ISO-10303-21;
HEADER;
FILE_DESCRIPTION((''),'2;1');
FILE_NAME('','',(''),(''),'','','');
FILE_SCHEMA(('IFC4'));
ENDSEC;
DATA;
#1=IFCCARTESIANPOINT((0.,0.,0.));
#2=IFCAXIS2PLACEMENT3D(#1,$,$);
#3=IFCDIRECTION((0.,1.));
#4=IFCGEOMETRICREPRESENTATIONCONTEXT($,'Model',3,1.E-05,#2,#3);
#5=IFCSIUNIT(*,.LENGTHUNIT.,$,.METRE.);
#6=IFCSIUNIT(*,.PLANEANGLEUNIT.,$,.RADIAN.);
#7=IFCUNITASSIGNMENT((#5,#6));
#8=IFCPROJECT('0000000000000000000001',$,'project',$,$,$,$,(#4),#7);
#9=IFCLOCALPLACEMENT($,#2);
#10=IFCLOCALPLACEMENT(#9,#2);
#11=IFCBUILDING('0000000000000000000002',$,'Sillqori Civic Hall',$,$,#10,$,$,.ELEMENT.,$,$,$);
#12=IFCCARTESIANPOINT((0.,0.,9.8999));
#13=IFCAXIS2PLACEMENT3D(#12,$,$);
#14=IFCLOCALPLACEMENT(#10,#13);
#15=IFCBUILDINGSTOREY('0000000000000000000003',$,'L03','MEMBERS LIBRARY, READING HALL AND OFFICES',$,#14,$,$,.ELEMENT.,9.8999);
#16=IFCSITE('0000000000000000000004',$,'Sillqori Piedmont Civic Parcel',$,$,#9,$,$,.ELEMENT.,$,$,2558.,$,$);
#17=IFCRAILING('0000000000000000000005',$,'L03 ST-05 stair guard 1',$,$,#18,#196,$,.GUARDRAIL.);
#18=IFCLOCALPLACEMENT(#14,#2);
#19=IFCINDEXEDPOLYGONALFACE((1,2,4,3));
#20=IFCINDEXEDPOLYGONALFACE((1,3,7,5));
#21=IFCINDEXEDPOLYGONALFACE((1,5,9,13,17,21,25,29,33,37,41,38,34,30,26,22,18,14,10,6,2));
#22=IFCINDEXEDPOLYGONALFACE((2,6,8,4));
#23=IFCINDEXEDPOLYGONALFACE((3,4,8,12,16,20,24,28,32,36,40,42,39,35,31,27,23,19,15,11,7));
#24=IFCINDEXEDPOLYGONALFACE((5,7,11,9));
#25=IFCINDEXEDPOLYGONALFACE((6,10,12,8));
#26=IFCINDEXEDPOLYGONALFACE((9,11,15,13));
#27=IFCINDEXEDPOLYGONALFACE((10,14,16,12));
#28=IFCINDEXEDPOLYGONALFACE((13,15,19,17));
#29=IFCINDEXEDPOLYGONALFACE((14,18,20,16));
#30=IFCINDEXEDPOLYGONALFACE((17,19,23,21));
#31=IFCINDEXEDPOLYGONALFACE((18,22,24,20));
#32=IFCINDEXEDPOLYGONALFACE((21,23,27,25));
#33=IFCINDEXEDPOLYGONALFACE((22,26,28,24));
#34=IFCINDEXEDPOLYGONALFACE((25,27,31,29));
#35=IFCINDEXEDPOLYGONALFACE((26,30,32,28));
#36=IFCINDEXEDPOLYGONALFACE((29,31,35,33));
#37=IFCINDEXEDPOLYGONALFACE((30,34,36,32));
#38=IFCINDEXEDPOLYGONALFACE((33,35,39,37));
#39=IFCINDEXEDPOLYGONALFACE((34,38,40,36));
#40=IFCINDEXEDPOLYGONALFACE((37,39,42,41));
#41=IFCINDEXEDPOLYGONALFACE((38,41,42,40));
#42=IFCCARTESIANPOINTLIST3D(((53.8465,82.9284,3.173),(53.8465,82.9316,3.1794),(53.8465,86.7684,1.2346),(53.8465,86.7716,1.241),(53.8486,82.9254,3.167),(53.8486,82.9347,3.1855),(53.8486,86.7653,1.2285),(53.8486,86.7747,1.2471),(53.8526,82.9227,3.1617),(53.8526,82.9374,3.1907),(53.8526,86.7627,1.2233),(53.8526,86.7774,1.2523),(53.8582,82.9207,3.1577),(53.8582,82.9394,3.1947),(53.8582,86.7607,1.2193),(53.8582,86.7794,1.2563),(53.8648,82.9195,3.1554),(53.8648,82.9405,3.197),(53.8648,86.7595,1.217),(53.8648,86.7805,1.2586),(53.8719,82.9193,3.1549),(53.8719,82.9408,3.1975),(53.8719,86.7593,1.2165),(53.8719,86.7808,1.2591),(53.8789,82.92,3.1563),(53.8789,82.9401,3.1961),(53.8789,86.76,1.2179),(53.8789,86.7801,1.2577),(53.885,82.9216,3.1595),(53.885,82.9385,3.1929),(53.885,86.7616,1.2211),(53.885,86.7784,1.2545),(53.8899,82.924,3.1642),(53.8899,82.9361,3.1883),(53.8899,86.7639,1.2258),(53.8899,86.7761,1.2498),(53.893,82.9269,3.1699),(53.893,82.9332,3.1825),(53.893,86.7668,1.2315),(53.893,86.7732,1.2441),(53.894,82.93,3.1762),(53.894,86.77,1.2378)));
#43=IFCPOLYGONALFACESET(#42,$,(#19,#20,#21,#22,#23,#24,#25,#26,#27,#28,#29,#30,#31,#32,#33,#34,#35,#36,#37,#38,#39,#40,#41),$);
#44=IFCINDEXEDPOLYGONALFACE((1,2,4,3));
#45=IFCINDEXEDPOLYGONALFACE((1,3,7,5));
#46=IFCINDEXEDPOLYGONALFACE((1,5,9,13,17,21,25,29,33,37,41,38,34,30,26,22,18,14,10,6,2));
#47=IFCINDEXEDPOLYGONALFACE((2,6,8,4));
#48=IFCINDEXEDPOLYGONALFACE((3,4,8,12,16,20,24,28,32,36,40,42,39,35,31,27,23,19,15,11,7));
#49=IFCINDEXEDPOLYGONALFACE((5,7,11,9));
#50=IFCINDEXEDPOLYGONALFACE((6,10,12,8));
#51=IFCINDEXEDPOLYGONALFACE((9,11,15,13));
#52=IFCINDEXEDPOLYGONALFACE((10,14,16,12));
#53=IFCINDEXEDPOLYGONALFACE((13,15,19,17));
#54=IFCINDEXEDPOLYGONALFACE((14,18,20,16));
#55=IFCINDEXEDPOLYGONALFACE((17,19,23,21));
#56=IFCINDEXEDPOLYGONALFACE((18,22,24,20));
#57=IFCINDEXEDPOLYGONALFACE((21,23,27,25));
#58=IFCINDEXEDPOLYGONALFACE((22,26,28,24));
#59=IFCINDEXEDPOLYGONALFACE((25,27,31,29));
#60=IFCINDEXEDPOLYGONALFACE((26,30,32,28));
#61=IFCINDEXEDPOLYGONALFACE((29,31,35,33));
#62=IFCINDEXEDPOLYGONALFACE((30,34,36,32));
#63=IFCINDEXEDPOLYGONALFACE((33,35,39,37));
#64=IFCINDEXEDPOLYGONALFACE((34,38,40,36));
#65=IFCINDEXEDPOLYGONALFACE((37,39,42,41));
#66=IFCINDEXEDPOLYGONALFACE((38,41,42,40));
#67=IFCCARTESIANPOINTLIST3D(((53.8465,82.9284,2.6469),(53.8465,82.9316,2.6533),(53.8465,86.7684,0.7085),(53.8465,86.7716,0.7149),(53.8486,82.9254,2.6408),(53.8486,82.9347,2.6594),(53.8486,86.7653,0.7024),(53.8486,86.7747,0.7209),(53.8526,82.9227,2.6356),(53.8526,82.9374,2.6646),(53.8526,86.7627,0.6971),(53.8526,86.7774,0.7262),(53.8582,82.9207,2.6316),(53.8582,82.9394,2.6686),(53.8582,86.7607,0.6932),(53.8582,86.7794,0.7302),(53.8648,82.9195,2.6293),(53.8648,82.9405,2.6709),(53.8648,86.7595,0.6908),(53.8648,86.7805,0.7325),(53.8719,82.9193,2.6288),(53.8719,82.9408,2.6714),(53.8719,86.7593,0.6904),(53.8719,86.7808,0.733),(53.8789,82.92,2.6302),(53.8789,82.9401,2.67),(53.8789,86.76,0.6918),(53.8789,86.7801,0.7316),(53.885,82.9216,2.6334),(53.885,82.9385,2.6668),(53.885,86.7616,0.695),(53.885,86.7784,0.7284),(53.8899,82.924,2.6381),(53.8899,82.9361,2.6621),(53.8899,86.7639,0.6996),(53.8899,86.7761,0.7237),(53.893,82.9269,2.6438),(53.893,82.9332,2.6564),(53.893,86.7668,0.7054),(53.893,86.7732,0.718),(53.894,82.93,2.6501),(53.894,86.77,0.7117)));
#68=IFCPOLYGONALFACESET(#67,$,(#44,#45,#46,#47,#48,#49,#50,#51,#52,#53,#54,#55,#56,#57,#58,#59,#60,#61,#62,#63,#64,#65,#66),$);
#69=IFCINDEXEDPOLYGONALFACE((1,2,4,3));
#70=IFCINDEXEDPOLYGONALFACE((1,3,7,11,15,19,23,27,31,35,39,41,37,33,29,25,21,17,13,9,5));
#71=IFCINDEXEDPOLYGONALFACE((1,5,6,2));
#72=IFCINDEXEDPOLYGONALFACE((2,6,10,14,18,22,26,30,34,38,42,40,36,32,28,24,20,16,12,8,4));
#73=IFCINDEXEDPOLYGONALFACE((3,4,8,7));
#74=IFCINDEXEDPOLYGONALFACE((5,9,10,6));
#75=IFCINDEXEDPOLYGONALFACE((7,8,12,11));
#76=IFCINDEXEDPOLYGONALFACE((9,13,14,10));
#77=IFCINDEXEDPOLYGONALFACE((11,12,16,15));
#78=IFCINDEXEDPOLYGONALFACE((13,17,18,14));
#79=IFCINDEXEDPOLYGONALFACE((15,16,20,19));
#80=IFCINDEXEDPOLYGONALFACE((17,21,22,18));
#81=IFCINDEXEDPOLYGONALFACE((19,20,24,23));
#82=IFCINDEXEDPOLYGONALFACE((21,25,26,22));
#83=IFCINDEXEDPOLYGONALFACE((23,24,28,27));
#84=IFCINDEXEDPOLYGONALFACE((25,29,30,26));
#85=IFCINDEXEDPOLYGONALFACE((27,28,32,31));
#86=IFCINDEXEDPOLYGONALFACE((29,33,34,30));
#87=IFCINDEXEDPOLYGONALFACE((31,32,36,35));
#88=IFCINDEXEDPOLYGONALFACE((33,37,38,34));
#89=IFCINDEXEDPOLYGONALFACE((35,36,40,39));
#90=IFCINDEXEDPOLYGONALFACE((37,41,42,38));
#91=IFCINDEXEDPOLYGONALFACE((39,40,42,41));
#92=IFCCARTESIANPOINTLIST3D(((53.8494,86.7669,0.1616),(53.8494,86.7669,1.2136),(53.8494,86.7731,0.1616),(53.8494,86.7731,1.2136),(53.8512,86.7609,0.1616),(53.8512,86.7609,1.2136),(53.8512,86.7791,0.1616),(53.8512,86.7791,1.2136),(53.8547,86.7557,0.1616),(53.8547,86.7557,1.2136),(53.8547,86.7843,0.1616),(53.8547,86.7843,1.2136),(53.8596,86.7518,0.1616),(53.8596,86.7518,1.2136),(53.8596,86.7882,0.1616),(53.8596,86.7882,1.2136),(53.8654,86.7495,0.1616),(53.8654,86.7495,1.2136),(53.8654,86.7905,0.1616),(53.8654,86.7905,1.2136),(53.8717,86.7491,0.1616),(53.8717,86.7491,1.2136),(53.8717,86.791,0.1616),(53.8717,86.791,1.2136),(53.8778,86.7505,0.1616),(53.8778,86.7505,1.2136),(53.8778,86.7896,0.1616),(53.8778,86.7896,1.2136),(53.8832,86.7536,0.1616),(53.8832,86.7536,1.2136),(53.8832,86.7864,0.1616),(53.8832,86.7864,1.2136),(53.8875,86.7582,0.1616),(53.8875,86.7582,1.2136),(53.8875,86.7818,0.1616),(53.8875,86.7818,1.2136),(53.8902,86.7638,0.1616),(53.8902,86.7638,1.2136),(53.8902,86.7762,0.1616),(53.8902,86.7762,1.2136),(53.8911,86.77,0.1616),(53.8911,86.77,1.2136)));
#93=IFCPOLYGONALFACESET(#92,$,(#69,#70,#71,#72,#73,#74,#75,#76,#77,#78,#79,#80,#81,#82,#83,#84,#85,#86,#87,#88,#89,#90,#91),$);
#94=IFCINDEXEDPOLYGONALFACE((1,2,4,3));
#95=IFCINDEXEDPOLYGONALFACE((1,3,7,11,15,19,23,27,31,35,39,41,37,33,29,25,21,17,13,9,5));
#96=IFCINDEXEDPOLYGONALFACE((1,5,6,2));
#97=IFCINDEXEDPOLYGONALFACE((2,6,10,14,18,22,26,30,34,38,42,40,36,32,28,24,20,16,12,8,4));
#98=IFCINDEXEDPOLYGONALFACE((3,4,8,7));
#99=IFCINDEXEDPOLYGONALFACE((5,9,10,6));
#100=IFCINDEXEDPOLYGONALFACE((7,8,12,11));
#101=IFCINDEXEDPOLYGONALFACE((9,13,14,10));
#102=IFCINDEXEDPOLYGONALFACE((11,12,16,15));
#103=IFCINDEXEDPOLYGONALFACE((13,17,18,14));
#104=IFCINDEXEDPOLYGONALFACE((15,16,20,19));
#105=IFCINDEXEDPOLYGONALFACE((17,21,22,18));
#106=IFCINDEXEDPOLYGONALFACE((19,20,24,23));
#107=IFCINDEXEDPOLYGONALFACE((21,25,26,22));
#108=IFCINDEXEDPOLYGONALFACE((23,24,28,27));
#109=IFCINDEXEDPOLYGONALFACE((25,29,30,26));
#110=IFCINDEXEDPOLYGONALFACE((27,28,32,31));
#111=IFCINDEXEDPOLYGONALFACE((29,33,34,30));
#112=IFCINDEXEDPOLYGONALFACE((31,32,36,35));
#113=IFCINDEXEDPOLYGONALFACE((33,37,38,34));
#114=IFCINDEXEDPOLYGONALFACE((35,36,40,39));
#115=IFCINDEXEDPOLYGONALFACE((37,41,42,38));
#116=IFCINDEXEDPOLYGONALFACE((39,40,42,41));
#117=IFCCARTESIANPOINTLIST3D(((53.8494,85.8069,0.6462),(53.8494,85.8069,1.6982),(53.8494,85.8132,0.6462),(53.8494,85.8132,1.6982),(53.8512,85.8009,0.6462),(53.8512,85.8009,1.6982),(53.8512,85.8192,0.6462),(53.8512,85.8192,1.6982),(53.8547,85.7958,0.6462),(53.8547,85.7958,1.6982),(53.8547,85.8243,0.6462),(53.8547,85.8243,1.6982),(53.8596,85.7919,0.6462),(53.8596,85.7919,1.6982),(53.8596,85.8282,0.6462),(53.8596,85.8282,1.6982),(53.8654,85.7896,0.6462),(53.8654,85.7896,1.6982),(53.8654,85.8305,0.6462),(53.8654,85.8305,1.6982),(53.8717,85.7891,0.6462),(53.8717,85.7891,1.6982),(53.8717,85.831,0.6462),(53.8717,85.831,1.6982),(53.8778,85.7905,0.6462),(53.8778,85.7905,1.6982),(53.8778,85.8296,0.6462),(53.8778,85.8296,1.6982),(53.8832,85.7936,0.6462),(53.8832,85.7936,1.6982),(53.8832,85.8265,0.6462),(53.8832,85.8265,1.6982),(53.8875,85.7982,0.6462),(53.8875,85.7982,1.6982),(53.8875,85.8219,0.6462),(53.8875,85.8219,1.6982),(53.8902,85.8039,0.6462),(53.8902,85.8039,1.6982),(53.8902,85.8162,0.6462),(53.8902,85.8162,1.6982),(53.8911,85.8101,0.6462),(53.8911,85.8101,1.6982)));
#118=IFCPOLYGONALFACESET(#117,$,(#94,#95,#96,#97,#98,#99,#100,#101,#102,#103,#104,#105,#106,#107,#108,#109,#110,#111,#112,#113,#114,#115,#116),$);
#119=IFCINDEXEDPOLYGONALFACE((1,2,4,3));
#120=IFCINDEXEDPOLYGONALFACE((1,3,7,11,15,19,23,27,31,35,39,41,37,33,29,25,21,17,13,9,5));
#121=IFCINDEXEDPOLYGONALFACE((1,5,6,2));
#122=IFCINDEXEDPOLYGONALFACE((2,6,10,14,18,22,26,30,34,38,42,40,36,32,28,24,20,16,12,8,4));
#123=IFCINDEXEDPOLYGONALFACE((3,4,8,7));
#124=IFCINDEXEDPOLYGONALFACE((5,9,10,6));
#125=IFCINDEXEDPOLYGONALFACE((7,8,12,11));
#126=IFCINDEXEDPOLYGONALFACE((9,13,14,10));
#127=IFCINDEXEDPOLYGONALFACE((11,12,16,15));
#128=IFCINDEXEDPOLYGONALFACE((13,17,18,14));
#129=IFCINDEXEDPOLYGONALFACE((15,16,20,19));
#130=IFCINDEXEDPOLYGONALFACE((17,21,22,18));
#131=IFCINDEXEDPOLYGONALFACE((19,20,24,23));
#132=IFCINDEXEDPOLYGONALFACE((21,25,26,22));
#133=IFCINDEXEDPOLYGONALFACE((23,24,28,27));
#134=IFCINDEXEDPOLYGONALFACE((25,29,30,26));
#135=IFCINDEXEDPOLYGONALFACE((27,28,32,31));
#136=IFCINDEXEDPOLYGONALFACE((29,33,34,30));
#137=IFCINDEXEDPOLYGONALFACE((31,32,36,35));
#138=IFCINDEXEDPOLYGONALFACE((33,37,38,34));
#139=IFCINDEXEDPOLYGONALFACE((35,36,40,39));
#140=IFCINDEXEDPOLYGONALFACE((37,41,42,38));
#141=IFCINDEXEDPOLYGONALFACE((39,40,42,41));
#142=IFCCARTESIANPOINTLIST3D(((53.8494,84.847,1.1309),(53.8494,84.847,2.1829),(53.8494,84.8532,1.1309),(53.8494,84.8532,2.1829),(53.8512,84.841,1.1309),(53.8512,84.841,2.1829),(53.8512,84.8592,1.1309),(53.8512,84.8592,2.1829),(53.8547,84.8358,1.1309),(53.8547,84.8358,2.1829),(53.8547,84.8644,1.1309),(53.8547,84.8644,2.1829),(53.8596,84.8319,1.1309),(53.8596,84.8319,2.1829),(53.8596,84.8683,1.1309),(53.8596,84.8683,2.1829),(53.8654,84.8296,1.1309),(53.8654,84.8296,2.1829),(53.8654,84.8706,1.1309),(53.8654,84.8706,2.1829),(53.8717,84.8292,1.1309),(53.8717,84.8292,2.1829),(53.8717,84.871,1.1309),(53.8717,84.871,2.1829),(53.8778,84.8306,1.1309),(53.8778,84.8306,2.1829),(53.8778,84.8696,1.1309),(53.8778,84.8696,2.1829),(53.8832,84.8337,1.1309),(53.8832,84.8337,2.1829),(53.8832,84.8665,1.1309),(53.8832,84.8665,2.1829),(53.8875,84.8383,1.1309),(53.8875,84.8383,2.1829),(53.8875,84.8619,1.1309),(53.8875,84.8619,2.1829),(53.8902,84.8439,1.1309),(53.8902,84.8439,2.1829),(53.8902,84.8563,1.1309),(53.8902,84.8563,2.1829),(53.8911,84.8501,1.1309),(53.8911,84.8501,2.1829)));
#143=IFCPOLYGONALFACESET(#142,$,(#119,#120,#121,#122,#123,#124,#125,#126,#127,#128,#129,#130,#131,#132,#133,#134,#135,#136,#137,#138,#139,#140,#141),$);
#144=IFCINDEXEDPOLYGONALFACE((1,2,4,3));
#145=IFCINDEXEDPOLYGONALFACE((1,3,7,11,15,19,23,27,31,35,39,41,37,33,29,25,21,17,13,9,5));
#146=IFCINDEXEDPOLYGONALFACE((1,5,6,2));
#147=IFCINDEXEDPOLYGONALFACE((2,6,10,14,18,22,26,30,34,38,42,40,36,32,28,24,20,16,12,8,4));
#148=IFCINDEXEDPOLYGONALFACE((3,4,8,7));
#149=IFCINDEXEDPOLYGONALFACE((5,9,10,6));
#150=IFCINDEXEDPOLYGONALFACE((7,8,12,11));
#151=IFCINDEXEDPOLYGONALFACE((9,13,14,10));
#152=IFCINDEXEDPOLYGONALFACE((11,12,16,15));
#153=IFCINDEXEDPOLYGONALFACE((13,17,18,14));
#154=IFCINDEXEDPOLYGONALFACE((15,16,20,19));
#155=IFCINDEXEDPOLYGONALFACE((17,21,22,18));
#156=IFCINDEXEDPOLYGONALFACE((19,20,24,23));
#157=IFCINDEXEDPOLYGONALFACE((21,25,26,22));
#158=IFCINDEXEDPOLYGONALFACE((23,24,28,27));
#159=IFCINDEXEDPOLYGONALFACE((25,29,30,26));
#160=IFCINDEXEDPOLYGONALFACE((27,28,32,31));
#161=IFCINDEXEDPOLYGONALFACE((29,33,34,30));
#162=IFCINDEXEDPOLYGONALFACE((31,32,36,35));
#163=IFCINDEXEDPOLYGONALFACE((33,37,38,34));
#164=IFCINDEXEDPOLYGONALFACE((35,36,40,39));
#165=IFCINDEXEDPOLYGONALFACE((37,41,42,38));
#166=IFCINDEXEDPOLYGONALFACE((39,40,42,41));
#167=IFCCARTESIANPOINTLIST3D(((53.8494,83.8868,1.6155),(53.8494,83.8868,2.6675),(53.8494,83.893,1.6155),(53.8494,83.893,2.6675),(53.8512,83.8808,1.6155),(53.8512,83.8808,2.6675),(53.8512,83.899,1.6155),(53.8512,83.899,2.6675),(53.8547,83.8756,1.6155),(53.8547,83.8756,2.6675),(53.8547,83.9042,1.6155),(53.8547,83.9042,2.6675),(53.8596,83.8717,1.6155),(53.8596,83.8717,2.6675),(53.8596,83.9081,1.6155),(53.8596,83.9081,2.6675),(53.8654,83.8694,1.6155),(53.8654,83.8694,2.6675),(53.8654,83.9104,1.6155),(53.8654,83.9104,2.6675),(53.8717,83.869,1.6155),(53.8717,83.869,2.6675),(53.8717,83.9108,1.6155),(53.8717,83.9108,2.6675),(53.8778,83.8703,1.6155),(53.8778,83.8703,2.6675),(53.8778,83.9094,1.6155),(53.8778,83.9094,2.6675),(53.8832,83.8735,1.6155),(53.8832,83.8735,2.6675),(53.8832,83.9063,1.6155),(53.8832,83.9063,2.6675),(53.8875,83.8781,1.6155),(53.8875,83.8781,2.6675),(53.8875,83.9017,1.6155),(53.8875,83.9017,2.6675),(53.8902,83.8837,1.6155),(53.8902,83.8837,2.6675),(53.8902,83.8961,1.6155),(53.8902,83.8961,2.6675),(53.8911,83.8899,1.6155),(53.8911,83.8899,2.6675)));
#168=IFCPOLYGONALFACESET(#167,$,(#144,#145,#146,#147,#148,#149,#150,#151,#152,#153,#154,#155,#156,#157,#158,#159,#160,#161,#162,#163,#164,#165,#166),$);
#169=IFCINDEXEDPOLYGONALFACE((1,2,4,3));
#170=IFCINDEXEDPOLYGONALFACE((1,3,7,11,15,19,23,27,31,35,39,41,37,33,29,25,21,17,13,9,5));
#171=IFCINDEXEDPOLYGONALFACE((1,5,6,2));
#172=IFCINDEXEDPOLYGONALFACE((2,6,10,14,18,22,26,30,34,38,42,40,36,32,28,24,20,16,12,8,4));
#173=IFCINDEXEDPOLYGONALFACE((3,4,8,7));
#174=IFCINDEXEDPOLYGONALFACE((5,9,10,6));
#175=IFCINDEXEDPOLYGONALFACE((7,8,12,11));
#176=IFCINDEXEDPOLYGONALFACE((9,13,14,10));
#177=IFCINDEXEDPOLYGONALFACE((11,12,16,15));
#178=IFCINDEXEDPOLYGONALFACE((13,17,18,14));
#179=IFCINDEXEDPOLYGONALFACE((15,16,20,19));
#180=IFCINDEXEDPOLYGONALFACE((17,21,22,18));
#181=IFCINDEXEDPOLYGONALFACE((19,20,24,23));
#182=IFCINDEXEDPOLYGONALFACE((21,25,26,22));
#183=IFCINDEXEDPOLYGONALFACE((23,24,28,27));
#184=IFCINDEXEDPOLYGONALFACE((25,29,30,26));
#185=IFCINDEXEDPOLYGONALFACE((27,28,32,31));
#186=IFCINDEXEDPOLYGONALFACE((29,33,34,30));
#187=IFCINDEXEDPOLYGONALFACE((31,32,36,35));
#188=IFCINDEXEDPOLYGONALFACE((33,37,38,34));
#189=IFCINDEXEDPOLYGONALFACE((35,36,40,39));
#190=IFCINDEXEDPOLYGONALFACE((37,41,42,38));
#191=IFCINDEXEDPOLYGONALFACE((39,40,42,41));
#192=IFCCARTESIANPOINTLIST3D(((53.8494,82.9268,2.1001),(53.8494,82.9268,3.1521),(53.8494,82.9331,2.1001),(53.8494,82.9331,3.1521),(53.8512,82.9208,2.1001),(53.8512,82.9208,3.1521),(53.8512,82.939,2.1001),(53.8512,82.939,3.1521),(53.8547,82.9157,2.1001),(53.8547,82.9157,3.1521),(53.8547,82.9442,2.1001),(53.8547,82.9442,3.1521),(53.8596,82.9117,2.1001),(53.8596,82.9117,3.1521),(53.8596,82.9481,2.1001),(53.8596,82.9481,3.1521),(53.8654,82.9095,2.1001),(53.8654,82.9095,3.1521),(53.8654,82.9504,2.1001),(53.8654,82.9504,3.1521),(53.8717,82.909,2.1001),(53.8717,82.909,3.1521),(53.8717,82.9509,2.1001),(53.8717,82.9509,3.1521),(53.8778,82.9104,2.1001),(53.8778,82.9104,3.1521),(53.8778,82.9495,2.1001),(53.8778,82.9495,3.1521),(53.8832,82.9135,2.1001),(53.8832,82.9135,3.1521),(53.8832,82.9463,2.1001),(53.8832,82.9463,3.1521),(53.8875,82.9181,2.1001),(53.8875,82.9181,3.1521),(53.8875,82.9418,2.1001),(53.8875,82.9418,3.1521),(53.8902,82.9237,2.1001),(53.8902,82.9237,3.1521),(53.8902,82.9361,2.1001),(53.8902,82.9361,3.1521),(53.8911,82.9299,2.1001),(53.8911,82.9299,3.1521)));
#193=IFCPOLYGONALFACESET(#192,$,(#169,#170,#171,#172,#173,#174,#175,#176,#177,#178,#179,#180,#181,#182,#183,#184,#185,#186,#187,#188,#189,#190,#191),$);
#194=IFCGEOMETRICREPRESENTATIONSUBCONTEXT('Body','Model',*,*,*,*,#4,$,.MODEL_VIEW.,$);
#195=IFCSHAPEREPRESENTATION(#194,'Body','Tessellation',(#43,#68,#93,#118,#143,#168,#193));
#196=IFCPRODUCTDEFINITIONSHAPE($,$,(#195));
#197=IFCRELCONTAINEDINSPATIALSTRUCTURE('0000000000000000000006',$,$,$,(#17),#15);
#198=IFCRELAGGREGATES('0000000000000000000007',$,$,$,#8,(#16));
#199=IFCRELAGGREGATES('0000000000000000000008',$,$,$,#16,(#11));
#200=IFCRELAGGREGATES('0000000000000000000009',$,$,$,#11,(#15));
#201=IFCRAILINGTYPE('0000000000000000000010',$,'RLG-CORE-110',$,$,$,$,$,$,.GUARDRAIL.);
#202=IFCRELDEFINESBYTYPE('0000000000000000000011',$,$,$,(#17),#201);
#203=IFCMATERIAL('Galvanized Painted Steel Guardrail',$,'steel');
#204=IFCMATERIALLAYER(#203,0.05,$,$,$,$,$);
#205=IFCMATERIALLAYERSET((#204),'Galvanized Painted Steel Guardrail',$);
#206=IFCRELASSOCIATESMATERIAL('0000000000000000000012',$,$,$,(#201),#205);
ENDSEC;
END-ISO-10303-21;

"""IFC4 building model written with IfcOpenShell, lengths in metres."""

from ifc_helpers import new_model, si_unit, direction, frame, origin, origin_2d, place, context, subcontext, project, spatial, circle, extrude, material, layer, layer_set, type_object, element, save


model = new_model("IFC4")

# Units and contexts
model_context = context("Model", 3, precision=1e-05, world=origin(), true_north=direction((0.0, 1.0)))
body_context = subcontext(model_context, "Body", "Model", "MODEL_VIEW")
ifc_project = project(units=[si_unit("LENGTHUNIT", "METRE"), si_unit("PLANEANGLEUNIT", "RADIAN")], contexts=[model_context])

# Site, building, storey
site_placement = place(None, origin())
site = spatial("IfcSite", under=ifc_project, at=site_placement, Name="Sillqori Piedmont Civic Parcel", CompositionType="ELEMENT", RefElevation=2558.0)
building_placement = place(site_placement, origin())
building = spatial("IfcBuilding", under=site, at=building_placement, Name="Sillqori Civic Hall", CompositionType="ELEMENT")
storey_placement = place(building_placement, frame((0.0, 0.0, 9.8999)))
storey = spatial("IfcBuildingStorey", under=building, at=storey_placement, Name="L03", Description="MEMBERS LIBRARY, READING HALL AND OFFICES", CompositionType="ELEMENT", Elevation=9.8999)

# Railing
ifc_material_1 = material(Name="Galvanized Painted Steel Guardrail", Category="steel")
ifc_layer_1 = layer(ifc_material_1, 0.05)
ifc_layer_set_1 = layer_set([ifc_layer_1], Name="Galvanized Painted Steel Guardrail")
railing_type_1 = type_object("IfcRailingType", Name="RLG-CORE-110", PredefinedType="GUARDRAIL", material=ifc_layer_set_1)
railing_1_placement = place(storey_placement, frame((53.8701, 86.77, 0.1616)))
element("IfcRailing", 1, at=railing_1_placement, inside=storey, type_object=railing_type_1, Name="L03 ST-05 stair guard 1", PredefinedType="GUARDRAIL", context=body_context, shape_type="SweptSolid", body=[
    extrude(circle(Radius=0.0239, at=origin_2d()), frame((0.0, 0.0, 1.0762), z_axis=(0.0, -0.892707, 0.450638), x_axis=(1.0, 0.0, 0.0)), (0.0, 0.0, 1.0), 4.3015),
    extrude(circle(Radius=0.0239, at=origin_2d()), frame((0.0, 0.0, 0.55), z_axis=(0.0, -0.892707, 0.450638), x_axis=(1.0, 0.0, 0.0)), (0.0, 0.0, 1.0), 4.3015),
    extrude(circle(Radius=0.021, at=origin_2d()), origin(), (0.0, 0.0, 1.0), 1.052),
    extrude(circle(Radius=0.021, at=origin_2d()), frame((0.0, -0.96, 0.4846)), (0.0, 0.0, 1.0), 1.052),
    extrude(circle(Radius=0.021, at=origin_2d()), frame((0.0, -1.9199, 0.9692)), (0.0, 0.0, 1.0), 1.052),
    extrude(circle(Radius=0.021, at=origin_2d()), frame((0.0, -2.8801, 1.4539)), (0.0, 0.0, 1.0), 1.052),
    extrude(circle(Radius=0.021, at=origin_2d()), frame((0.0, -3.8401, 1.9385)), (0.0, 0.0, 1.0), 1.052),
])

save(model, "model.ifc")
